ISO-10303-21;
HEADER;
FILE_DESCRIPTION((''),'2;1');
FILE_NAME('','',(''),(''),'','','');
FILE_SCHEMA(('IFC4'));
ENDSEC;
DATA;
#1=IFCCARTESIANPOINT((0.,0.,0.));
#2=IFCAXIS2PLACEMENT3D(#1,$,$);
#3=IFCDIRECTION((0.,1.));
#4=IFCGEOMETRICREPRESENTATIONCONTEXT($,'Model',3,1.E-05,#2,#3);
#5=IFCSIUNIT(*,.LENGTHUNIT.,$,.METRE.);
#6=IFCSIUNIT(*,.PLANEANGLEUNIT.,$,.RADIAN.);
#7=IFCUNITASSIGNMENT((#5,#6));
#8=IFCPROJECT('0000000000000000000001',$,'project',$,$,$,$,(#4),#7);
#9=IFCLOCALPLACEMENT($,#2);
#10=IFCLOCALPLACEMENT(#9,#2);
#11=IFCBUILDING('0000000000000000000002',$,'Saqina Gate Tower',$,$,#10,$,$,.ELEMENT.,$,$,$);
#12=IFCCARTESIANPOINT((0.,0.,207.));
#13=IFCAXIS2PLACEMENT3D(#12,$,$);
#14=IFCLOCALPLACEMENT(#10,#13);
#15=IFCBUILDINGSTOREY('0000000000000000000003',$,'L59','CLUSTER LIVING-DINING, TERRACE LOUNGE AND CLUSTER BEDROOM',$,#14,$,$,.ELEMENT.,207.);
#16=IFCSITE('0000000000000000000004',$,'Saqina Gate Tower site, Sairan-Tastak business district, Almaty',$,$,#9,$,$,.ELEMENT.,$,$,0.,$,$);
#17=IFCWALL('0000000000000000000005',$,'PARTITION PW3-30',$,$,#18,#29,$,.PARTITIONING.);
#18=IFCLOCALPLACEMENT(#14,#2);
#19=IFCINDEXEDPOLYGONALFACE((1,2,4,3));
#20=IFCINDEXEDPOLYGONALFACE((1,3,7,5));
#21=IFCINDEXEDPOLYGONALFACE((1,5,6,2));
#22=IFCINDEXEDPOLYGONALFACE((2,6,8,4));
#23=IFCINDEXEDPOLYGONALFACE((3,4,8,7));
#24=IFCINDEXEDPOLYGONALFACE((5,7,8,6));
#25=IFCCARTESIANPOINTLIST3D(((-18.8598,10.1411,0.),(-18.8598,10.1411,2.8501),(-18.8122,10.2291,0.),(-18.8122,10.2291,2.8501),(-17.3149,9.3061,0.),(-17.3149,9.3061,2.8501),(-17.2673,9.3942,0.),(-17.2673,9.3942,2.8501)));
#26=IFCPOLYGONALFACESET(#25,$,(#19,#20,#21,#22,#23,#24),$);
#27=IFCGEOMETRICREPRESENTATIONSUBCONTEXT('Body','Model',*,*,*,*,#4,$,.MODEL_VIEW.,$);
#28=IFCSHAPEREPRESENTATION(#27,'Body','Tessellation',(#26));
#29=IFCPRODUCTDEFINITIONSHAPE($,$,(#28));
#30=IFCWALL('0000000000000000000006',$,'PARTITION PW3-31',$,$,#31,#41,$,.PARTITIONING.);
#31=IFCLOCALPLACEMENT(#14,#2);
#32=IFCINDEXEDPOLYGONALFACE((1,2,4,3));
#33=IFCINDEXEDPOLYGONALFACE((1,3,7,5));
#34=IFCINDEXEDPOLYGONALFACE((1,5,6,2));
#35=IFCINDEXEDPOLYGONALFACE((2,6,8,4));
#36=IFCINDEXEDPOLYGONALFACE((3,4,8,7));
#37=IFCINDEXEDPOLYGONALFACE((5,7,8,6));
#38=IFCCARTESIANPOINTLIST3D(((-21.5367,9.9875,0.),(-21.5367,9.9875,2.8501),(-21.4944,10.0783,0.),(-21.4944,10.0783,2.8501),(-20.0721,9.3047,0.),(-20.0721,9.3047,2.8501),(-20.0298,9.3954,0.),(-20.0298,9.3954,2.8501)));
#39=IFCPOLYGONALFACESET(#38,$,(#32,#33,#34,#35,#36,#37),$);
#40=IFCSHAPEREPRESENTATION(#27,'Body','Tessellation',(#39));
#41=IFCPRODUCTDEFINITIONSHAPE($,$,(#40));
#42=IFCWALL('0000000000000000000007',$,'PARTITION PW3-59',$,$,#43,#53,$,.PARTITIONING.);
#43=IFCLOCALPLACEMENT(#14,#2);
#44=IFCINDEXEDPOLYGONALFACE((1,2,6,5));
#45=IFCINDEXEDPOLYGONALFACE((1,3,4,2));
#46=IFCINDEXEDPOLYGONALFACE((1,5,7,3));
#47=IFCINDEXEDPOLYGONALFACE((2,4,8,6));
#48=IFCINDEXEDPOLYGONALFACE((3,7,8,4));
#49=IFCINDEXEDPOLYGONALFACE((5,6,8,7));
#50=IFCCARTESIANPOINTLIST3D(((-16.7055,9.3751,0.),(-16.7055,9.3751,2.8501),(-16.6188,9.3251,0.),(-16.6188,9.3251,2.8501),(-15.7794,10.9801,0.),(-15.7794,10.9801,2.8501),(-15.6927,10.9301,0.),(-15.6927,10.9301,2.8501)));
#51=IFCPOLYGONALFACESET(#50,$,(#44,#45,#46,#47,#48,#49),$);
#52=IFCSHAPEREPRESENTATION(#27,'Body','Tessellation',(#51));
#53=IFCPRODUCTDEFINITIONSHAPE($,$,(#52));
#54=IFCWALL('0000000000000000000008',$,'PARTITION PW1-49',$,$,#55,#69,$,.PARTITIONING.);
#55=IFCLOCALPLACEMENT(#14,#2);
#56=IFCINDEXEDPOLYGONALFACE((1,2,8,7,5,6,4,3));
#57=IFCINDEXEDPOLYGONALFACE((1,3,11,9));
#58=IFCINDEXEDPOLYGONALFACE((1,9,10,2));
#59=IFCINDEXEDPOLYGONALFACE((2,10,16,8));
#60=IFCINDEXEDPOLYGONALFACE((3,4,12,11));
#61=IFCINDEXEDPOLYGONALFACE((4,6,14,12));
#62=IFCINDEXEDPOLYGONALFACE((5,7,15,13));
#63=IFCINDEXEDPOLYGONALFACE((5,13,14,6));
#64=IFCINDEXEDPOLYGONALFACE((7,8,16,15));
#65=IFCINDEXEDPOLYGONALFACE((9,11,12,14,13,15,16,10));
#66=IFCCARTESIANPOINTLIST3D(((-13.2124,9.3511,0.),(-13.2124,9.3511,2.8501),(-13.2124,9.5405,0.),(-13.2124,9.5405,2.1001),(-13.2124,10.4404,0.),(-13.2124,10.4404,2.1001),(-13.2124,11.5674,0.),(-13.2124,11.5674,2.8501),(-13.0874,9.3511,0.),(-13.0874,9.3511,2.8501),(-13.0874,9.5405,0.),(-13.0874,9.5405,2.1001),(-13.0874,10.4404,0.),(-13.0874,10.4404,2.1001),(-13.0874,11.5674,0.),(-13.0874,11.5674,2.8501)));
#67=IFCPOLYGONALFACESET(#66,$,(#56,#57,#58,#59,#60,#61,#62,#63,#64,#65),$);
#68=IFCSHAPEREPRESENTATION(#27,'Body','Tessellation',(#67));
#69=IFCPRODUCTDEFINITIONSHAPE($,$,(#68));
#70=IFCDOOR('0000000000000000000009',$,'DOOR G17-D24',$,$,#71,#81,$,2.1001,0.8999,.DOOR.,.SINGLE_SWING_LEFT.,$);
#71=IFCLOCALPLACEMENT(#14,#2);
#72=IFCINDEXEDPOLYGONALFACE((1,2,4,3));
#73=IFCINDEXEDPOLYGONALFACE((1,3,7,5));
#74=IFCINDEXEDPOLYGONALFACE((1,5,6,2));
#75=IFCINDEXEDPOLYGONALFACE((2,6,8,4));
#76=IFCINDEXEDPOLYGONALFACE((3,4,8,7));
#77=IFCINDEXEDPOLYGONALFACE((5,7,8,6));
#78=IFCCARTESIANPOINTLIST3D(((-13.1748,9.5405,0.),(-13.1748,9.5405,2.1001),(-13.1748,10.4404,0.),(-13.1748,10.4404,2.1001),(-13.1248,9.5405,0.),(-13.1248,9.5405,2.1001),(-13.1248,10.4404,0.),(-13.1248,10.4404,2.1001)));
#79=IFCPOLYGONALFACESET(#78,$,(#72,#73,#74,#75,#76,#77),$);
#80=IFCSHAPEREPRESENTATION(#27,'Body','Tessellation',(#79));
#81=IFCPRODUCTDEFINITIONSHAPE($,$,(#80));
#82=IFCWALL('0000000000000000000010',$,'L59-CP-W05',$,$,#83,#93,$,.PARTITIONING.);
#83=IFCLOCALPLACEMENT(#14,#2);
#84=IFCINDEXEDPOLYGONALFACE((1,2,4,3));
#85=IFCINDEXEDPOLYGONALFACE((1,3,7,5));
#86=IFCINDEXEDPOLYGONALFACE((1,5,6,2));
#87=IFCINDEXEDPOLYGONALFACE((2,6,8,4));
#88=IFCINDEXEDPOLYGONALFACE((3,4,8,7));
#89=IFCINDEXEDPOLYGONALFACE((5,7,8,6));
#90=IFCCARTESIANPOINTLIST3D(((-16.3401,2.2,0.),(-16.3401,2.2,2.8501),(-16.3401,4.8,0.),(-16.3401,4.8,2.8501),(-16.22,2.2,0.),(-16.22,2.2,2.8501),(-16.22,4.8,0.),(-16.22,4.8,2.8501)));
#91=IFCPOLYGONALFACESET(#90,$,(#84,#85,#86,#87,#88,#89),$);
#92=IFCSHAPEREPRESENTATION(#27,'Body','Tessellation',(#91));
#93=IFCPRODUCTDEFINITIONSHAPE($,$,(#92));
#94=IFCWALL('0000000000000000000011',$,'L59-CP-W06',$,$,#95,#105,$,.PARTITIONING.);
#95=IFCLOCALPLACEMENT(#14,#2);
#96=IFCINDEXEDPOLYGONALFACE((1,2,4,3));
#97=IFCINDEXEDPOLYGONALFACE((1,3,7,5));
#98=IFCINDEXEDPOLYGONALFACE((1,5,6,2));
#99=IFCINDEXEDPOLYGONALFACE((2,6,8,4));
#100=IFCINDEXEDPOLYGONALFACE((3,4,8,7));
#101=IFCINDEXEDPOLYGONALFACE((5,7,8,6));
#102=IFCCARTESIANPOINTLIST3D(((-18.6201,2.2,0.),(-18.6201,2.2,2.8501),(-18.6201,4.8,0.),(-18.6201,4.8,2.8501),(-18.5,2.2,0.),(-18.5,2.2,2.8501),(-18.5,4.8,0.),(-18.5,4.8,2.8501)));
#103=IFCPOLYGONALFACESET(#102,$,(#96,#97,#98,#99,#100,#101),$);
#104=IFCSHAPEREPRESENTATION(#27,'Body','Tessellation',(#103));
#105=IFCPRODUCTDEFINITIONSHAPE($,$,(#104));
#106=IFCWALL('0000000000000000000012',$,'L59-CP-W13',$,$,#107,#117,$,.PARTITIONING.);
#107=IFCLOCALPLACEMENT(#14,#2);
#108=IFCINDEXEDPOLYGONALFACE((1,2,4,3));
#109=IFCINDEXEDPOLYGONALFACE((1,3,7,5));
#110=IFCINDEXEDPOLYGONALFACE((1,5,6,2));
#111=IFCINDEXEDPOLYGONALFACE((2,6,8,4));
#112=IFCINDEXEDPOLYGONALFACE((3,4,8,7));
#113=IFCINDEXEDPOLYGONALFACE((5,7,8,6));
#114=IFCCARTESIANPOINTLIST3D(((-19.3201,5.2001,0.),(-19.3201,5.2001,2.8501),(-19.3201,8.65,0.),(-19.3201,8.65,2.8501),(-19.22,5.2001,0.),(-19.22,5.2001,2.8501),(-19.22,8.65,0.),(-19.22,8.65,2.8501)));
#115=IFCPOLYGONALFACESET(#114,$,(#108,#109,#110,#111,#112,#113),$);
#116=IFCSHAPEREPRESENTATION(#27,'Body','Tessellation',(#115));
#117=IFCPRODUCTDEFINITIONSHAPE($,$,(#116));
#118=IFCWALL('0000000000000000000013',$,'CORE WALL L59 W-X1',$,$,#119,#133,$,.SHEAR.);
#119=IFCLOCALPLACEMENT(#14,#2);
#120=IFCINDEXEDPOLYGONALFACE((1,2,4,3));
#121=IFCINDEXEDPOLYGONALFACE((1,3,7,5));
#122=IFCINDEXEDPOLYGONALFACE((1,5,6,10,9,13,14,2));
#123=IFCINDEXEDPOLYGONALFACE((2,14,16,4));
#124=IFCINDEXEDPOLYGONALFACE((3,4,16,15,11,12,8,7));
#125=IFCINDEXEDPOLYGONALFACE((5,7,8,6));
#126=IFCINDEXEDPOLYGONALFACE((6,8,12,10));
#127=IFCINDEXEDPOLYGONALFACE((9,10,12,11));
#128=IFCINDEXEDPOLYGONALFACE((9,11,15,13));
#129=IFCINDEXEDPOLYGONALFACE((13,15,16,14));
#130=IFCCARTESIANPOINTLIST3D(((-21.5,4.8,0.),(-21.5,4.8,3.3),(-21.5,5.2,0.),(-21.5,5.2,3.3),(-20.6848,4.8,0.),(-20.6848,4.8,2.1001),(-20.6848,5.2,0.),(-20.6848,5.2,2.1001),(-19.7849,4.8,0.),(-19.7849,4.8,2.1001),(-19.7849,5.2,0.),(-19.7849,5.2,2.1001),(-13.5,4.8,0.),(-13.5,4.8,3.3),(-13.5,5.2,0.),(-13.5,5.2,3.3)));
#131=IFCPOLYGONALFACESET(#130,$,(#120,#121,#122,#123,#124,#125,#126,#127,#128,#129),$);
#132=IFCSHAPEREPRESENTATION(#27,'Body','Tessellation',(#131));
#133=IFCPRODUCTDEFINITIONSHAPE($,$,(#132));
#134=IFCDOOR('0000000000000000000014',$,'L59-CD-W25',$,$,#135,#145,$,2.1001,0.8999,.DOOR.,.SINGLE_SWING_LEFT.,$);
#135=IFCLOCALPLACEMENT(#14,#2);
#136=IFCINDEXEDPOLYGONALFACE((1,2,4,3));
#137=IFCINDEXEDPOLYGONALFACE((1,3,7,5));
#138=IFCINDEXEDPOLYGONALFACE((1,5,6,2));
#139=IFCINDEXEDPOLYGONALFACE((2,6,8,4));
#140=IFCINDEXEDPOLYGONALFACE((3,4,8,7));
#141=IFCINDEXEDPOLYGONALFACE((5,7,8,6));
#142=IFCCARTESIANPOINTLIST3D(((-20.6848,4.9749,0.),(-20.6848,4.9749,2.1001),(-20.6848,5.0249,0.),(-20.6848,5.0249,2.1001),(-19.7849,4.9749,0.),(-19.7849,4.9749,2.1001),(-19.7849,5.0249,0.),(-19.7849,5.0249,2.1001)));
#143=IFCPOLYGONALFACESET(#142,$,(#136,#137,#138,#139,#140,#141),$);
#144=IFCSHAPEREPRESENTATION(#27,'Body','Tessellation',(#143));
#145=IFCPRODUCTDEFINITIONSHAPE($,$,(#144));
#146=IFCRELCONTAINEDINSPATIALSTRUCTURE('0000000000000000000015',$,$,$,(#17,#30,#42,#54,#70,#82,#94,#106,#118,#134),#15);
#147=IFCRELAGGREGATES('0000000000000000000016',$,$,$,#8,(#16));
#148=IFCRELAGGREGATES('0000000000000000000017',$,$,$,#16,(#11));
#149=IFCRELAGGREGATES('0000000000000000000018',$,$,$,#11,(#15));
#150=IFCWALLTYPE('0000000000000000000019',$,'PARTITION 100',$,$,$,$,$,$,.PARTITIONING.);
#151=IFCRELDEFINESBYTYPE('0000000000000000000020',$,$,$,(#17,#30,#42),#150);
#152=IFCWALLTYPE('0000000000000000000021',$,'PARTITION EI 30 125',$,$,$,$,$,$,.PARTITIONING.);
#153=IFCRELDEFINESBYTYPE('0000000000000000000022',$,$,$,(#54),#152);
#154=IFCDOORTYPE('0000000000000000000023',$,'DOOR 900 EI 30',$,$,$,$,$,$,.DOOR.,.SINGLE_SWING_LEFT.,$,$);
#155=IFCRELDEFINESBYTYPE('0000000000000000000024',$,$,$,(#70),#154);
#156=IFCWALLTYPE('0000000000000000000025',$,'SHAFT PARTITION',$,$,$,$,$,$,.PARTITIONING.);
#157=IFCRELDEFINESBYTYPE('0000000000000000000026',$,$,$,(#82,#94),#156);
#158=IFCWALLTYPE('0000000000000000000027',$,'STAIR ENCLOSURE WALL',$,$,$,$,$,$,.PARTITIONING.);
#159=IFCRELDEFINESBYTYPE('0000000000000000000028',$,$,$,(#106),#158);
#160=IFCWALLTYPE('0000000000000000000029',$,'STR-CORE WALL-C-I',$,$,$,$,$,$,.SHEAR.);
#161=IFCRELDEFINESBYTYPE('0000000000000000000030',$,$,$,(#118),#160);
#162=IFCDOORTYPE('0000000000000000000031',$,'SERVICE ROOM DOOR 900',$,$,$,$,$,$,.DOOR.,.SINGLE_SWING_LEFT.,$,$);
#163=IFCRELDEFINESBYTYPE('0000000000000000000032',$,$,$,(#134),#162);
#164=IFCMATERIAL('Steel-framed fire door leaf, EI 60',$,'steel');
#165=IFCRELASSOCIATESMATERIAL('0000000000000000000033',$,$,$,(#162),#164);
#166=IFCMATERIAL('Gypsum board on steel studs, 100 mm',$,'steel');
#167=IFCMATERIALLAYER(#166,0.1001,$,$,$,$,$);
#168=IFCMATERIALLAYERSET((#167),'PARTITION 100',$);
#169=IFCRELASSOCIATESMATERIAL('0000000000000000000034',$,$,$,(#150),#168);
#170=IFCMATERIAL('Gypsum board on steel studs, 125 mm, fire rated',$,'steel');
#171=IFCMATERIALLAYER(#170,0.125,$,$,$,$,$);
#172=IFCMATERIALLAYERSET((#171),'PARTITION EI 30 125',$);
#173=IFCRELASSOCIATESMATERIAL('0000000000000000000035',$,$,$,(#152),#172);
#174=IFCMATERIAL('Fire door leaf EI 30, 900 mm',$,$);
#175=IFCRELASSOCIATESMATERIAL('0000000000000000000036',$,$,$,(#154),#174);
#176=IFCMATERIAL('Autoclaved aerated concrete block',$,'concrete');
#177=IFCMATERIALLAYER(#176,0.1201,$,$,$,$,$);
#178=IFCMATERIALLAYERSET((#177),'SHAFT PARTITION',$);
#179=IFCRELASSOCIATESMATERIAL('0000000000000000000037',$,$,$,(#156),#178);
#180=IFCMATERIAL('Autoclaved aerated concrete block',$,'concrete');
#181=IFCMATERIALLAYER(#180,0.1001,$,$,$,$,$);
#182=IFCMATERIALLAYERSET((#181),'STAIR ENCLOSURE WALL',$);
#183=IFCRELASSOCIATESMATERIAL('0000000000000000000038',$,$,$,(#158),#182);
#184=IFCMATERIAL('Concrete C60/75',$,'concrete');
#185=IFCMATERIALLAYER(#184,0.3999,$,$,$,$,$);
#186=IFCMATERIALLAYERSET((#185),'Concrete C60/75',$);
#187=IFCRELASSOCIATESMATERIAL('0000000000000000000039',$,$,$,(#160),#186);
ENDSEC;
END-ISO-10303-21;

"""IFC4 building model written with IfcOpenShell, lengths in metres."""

from ifc_helpers import new_model, si_unit, direction, frame, frame_2d, origin, place, context, subcontext, project, spatial, rectangle, extrude, material, layer, layer_set, type_object, element, fill, save


model = new_model("IFC4")

# Units and contexts
model_context = context("Model", 3, precision=1e-05, world=origin(), true_north=direction((0.0, 1.0)))
body_context = subcontext(model_context, "Body", "Model", "MODEL_VIEW")
ifc_project = project(units=[si_unit("LENGTHUNIT", "METRE"), si_unit("PLANEANGLEUNIT", "RADIAN")], contexts=[model_context])

# Site, building, storey
site_placement = place(None, origin())
site = spatial("IfcSite", under=ifc_project, at=site_placement, Name="Saqina Gate Tower site, Sairan-Tastak business district, Almaty", CompositionType="ELEMENT", RefElevation=0.0)
building_placement = place(site_placement, origin())
building = spatial("IfcBuilding", under=site, at=building_placement, Name="Saqina Gate Tower", CompositionType="ELEMENT")
storey_placement = place(building_placement, frame((0.0, 0.0, 207.0)))
storey = spatial("IfcBuildingStorey", under=building, at=storey_placement, Name="L59", Description="CLUSTER LIVING-DINING, TERRACE LOUNGE AND CLUSTER BEDROOM", CompositionType="ELEMENT", Elevation=207.0)

# Shared definitions
ifc_material_1 = material(Name="Steel-framed fire door leaf, EI 60", Category="steel")
door_type_1 = type_object("IfcDoorType", Name="SERVICE ROOM DOOR 900", OperationType="SINGLE_SWING_LEFT", PredefinedType="DOOR", material=ifc_material_1)

# Walls
ifc_material_2 = material(Name="Gypsum board on steel studs, 100 mm", Category="steel")
ifc_layer_1 = layer(ifc_material_2, 0.1001)
ifc_layer_set_1 = layer_set([ifc_layer_1], Name="PARTITION 100")
wall_type_1 = type_object("IfcWallType", Name="PARTITION 100", PredefinedType="PARTITIONING", material=ifc_layer_set_1)
wall_1_placement = place(storey_placement, frame((-18.8359, 10.1851, 0.0), z_axis=(0.0, 0.0, 1.0), x_axis=(0.879738, -0.475459, 0.0)))
element("IfcWall", 1, at=wall_1_placement, inside=storey, type_object=wall_type_1, Name="PARTITION PW3-30", PredefinedType="PARTITIONING", context=body_context, shape_type="SweptSolid", body=[
    extrude(rectangle(XDim=1.7561, YDim=0.1001, at=frame_2d((0.8779, 0.0))), origin(), (0.0, 0.0, 1.0), 2.8501),
])
wall_2_placement = place(storey_placement, frame((-21.5156, 10.033, 0.0), z_axis=(0.0, 0.0, 1.0), x_axis=(0.90633, -0.422571, 0.0)))
element("IfcWall", 2, at=wall_2_placement, inside=storey, type_object=wall_type_1, Name="PARTITION PW3-31", PredefinedType="PARTITIONING", context=body_context, shape_type="SweptSolid", body=[
    extrude(rectangle(XDim=1.616, YDim=0.1001, at=frame_2d((0.8081, 0.0))), origin(), (0.0, 0.0, 1.0), 2.8501),
])
wall_3_placement = place(storey_placement, frame((-16.6621, 9.3501, 0.0), z_axis=(0.0, 0.0, 1.0), x_axis=(0.499753, 0.866168, 0.0)))
element("IfcWall", 3, at=wall_3_placement, inside=storey, type_object=wall_type_1, Name="PARTITION PW3-59", PredefinedType="PARTITIONING", context=body_context, shape_type="SweptSolid", body=[
    extrude(rectangle(XDim=1.853, YDim=0.1001, at=frame_2d((0.9265, 0.0))), origin(), (0.0, 0.0, 1.0), 2.8501),
])

# Wall, opening, door
ifc_material_3 = material(Name="Gypsum board on steel studs, 125 mm, fire rated", Category="steel")
ifc_layer_2 = layer(ifc_material_3, 0.125)
ifc_layer_set_2 = layer_set([ifc_layer_2], Name="PARTITION EI 30 125")
wall_type_2 = type_object("IfcWallType", Name="PARTITION EI 30 125", PredefinedType="PARTITIONING", material=ifc_layer_set_2)
wall_4_placement = place(storey_placement, frame((-13.1499, 9.3511, 0.0), z_axis=(0.0, 0.0, 1.0), x_axis=(0.0, 1.0, 0.0)))
wall_4 = element("IfcWall", 4, at=wall_4_placement, inside=storey, type_object=wall_type_2, Name="PARTITION PW1-49", PredefinedType="PARTITIONING", context=body_context, shape_type="SweptSolid", body=[
    extrude(rectangle(XDim=2.2163, YDim=0.125, at=frame_2d((1.1082, 0.0))), origin(), (0.0, 0.0, 1.0), 2.8501),
])
opening_1_placement = place(wall_4_placement, frame((0.1895, 0.0, 0.0)))
opening_1 = element("IfcOpeningElement", 5, at=opening_1_placement, cuts=wall_4, PredefinedType="OPENING", context=body_context, shape_type="SweptSolid", body=[
    extrude(rectangle(XDim=0.8999, YDim=2.1001, at=frame_2d((0.45, 1.05))), frame((0.0, 0.0745, 0.0), z_axis=(0.0, -1.0, 0.0), x_axis=(1.0, 0.0, 0.0)), (0.0, 0.0, 1.0), 0.1489),
])
ifc_material_4 = material(Name="Fire door leaf EI 30, 900 mm")
door_type_2 = type_object("IfcDoorType", Name="DOOR 900 EI 30", OperationType="SINGLE_SWING_LEFT", PredefinedType="DOOR", material=ifc_material_4)
door_1_placement = place(opening_1_placement, origin())
door_1 = element("IfcDoor", 6, at=door_1_placement, inside=storey, type_object=door_type_2, Name="DOOR G17-D24", OperationType="SINGLE_SWING_LEFT", OverallHeight=2.1001, OverallWidth=0.8999, PredefinedType="DOOR", context=body_context, shape_type="SweptSolid", body=[
    extrude(rectangle(XDim=0.8999, YDim=2.1001, at=frame_2d((0.45, 1.05))), frame((0.0, 0.0249, 0.0), z_axis=(0.0, -1.0, 0.0), x_axis=(1.0, 0.0, 0.0)), (0.0, 0.0, 1.0), 0.05),
])
fill(opening_1, door_1)

# Walls
ifc_material_5 = material(Name="Autoclaved aerated concrete block", Category="concrete")
ifc_layer_3 = layer(ifc_material_5, 0.1201)
ifc_layer_set_3 = layer_set([ifc_layer_3], Name="SHAFT PARTITION")
wall_type_3 = type_object("IfcWallType", Name="SHAFT PARTITION", PredefinedType="PARTITIONING", material=ifc_layer_set_3)
for number, where, z_axis, x_axis, name in (
    (7, (-16.28, 2.2, 0.0), (0.0, 0.0, 1.0), (0.0, 1.0, 0.0), "L59-CP-W05"),
    (8, (-18.5601, 2.2, 0.0), (0.0, 0.0, 1.0), (0.0, 1.0, 0.0), "L59-CP-W06"),
):
    element("IfcWall", number, at=place(storey_placement, frame(where, z_axis=z_axis, x_axis=x_axis)), inside=storey, type_object=wall_type_3, Name=name, PredefinedType="PARTITIONING", context=body_context, shape_type="SweptSolid", body=[
        extrude(rectangle(XDim=2.6001, YDim=0.1201, at=frame_2d((1.3, 0.0))), origin(), (0.0, 0.0, 1.0), 2.8501),
    ])
ifc_material_6 = material(Name="Autoclaved aerated concrete block", Category="concrete")
ifc_layer_4 = layer(ifc_material_6, 0.1001)
ifc_layer_set_4 = layer_set([ifc_layer_4], Name="STAIR ENCLOSURE WALL")
wall_type_4 = type_object("IfcWallType", Name="STAIR ENCLOSURE WALL", PredefinedType="PARTITIONING", material=ifc_layer_set_4)
wall_5_placement = place(storey_placement, frame((-19.27, 5.2, 0.0), z_axis=(0.0, 0.0, 1.0), x_axis=(0.0, 1.0, 0.0)))
element("IfcWall", 9, at=wall_5_placement, inside=storey, type_object=wall_type_4, Name="L59-CP-W13", PredefinedType="PARTITIONING", context=body_context, shape_type="SweptSolid", body=[
    extrude(rectangle(XDim=3.45, YDim=0.1001, at=frame_2d((1.7251, 0.0))), origin(), (0.0, 0.0, 1.0), 2.8501),
])

# Wall, opening, door
ifc_material_7 = material(Name="Concrete C60/75", Category="concrete")
ifc_layer_5 = layer(ifc_material_7, 0.3999)
ifc_layer_set_5 = layer_set([ifc_layer_5], Name="Concrete C60/75")
wall_type_5 = type_object("IfcWallType", Name="STR-CORE WALL-C-I", PredefinedType="SHEAR", material=ifc_layer_set_5)
wall_6_placement = place(storey_placement, frame((-13.5, 5.0, 0.0), z_axis=(0.0, 0.0, 1.0), x_axis=(-1.0, 0.0, 0.0)))
wall_6 = element("IfcWall", 10, at=wall_6_placement, inside=storey, type_object=wall_type_5, Name="CORE WALL L59 W-X1", PredefinedType="SHEAR", context=body_context, shape_type="SweptSolid", body=[
    extrude(rectangle(XDim=8.0, YDim=0.3999, at=frame_2d((4.0, 0.0))), origin(), (0.0, 0.0, 1.0), 3.3),
])
opening_2_placement = place(wall_6_placement, frame((6.2849, 0.0, 0.0)))
opening_2 = element("IfcOpeningElement", 11, at=opening_2_placement, cuts=wall_6, PredefinedType="OPENING", context=body_context, shape_type="SweptSolid", body=[
    extrude(rectangle(XDim=0.8999, YDim=2.1001, at=frame_2d((0.45, 1.05))), frame((0.0, 0.2119, 0.0), z_axis=(0.0, -1.0, 0.0), x_axis=(1.0, 0.0, 0.0)), (0.0, 0.0, 1.0), 0.4238),
])
door_2_placement = place(opening_2_placement, frame((0.8999, 0.0, 0.0), z_axis=(0.0, 0.0, 1.0), x_axis=(-1.0, 0.0, 0.0)))
door_2 = element("IfcDoor", 12, at=door_2_placement, inside=storey, type_object=door_type_1, Name="L59-CD-W25", OperationType="SINGLE_SWING_LEFT", OverallHeight=2.1001, OverallWidth=0.8999, PredefinedType="DOOR", context=body_context, shape_type="SweptSolid", body=[
    extrude(rectangle(XDim=0.8999, YDim=2.1001, at=frame_2d((0.45, 1.05))), frame((0.0, 0.0249, 0.0), z_axis=(0.0, -1.0, 0.0), x_axis=(1.0, 0.0, 0.0)), (0.0, 0.0, 1.0), 0.05),
])
fill(opening_2, door_2)

save(model, "model.ifc")
